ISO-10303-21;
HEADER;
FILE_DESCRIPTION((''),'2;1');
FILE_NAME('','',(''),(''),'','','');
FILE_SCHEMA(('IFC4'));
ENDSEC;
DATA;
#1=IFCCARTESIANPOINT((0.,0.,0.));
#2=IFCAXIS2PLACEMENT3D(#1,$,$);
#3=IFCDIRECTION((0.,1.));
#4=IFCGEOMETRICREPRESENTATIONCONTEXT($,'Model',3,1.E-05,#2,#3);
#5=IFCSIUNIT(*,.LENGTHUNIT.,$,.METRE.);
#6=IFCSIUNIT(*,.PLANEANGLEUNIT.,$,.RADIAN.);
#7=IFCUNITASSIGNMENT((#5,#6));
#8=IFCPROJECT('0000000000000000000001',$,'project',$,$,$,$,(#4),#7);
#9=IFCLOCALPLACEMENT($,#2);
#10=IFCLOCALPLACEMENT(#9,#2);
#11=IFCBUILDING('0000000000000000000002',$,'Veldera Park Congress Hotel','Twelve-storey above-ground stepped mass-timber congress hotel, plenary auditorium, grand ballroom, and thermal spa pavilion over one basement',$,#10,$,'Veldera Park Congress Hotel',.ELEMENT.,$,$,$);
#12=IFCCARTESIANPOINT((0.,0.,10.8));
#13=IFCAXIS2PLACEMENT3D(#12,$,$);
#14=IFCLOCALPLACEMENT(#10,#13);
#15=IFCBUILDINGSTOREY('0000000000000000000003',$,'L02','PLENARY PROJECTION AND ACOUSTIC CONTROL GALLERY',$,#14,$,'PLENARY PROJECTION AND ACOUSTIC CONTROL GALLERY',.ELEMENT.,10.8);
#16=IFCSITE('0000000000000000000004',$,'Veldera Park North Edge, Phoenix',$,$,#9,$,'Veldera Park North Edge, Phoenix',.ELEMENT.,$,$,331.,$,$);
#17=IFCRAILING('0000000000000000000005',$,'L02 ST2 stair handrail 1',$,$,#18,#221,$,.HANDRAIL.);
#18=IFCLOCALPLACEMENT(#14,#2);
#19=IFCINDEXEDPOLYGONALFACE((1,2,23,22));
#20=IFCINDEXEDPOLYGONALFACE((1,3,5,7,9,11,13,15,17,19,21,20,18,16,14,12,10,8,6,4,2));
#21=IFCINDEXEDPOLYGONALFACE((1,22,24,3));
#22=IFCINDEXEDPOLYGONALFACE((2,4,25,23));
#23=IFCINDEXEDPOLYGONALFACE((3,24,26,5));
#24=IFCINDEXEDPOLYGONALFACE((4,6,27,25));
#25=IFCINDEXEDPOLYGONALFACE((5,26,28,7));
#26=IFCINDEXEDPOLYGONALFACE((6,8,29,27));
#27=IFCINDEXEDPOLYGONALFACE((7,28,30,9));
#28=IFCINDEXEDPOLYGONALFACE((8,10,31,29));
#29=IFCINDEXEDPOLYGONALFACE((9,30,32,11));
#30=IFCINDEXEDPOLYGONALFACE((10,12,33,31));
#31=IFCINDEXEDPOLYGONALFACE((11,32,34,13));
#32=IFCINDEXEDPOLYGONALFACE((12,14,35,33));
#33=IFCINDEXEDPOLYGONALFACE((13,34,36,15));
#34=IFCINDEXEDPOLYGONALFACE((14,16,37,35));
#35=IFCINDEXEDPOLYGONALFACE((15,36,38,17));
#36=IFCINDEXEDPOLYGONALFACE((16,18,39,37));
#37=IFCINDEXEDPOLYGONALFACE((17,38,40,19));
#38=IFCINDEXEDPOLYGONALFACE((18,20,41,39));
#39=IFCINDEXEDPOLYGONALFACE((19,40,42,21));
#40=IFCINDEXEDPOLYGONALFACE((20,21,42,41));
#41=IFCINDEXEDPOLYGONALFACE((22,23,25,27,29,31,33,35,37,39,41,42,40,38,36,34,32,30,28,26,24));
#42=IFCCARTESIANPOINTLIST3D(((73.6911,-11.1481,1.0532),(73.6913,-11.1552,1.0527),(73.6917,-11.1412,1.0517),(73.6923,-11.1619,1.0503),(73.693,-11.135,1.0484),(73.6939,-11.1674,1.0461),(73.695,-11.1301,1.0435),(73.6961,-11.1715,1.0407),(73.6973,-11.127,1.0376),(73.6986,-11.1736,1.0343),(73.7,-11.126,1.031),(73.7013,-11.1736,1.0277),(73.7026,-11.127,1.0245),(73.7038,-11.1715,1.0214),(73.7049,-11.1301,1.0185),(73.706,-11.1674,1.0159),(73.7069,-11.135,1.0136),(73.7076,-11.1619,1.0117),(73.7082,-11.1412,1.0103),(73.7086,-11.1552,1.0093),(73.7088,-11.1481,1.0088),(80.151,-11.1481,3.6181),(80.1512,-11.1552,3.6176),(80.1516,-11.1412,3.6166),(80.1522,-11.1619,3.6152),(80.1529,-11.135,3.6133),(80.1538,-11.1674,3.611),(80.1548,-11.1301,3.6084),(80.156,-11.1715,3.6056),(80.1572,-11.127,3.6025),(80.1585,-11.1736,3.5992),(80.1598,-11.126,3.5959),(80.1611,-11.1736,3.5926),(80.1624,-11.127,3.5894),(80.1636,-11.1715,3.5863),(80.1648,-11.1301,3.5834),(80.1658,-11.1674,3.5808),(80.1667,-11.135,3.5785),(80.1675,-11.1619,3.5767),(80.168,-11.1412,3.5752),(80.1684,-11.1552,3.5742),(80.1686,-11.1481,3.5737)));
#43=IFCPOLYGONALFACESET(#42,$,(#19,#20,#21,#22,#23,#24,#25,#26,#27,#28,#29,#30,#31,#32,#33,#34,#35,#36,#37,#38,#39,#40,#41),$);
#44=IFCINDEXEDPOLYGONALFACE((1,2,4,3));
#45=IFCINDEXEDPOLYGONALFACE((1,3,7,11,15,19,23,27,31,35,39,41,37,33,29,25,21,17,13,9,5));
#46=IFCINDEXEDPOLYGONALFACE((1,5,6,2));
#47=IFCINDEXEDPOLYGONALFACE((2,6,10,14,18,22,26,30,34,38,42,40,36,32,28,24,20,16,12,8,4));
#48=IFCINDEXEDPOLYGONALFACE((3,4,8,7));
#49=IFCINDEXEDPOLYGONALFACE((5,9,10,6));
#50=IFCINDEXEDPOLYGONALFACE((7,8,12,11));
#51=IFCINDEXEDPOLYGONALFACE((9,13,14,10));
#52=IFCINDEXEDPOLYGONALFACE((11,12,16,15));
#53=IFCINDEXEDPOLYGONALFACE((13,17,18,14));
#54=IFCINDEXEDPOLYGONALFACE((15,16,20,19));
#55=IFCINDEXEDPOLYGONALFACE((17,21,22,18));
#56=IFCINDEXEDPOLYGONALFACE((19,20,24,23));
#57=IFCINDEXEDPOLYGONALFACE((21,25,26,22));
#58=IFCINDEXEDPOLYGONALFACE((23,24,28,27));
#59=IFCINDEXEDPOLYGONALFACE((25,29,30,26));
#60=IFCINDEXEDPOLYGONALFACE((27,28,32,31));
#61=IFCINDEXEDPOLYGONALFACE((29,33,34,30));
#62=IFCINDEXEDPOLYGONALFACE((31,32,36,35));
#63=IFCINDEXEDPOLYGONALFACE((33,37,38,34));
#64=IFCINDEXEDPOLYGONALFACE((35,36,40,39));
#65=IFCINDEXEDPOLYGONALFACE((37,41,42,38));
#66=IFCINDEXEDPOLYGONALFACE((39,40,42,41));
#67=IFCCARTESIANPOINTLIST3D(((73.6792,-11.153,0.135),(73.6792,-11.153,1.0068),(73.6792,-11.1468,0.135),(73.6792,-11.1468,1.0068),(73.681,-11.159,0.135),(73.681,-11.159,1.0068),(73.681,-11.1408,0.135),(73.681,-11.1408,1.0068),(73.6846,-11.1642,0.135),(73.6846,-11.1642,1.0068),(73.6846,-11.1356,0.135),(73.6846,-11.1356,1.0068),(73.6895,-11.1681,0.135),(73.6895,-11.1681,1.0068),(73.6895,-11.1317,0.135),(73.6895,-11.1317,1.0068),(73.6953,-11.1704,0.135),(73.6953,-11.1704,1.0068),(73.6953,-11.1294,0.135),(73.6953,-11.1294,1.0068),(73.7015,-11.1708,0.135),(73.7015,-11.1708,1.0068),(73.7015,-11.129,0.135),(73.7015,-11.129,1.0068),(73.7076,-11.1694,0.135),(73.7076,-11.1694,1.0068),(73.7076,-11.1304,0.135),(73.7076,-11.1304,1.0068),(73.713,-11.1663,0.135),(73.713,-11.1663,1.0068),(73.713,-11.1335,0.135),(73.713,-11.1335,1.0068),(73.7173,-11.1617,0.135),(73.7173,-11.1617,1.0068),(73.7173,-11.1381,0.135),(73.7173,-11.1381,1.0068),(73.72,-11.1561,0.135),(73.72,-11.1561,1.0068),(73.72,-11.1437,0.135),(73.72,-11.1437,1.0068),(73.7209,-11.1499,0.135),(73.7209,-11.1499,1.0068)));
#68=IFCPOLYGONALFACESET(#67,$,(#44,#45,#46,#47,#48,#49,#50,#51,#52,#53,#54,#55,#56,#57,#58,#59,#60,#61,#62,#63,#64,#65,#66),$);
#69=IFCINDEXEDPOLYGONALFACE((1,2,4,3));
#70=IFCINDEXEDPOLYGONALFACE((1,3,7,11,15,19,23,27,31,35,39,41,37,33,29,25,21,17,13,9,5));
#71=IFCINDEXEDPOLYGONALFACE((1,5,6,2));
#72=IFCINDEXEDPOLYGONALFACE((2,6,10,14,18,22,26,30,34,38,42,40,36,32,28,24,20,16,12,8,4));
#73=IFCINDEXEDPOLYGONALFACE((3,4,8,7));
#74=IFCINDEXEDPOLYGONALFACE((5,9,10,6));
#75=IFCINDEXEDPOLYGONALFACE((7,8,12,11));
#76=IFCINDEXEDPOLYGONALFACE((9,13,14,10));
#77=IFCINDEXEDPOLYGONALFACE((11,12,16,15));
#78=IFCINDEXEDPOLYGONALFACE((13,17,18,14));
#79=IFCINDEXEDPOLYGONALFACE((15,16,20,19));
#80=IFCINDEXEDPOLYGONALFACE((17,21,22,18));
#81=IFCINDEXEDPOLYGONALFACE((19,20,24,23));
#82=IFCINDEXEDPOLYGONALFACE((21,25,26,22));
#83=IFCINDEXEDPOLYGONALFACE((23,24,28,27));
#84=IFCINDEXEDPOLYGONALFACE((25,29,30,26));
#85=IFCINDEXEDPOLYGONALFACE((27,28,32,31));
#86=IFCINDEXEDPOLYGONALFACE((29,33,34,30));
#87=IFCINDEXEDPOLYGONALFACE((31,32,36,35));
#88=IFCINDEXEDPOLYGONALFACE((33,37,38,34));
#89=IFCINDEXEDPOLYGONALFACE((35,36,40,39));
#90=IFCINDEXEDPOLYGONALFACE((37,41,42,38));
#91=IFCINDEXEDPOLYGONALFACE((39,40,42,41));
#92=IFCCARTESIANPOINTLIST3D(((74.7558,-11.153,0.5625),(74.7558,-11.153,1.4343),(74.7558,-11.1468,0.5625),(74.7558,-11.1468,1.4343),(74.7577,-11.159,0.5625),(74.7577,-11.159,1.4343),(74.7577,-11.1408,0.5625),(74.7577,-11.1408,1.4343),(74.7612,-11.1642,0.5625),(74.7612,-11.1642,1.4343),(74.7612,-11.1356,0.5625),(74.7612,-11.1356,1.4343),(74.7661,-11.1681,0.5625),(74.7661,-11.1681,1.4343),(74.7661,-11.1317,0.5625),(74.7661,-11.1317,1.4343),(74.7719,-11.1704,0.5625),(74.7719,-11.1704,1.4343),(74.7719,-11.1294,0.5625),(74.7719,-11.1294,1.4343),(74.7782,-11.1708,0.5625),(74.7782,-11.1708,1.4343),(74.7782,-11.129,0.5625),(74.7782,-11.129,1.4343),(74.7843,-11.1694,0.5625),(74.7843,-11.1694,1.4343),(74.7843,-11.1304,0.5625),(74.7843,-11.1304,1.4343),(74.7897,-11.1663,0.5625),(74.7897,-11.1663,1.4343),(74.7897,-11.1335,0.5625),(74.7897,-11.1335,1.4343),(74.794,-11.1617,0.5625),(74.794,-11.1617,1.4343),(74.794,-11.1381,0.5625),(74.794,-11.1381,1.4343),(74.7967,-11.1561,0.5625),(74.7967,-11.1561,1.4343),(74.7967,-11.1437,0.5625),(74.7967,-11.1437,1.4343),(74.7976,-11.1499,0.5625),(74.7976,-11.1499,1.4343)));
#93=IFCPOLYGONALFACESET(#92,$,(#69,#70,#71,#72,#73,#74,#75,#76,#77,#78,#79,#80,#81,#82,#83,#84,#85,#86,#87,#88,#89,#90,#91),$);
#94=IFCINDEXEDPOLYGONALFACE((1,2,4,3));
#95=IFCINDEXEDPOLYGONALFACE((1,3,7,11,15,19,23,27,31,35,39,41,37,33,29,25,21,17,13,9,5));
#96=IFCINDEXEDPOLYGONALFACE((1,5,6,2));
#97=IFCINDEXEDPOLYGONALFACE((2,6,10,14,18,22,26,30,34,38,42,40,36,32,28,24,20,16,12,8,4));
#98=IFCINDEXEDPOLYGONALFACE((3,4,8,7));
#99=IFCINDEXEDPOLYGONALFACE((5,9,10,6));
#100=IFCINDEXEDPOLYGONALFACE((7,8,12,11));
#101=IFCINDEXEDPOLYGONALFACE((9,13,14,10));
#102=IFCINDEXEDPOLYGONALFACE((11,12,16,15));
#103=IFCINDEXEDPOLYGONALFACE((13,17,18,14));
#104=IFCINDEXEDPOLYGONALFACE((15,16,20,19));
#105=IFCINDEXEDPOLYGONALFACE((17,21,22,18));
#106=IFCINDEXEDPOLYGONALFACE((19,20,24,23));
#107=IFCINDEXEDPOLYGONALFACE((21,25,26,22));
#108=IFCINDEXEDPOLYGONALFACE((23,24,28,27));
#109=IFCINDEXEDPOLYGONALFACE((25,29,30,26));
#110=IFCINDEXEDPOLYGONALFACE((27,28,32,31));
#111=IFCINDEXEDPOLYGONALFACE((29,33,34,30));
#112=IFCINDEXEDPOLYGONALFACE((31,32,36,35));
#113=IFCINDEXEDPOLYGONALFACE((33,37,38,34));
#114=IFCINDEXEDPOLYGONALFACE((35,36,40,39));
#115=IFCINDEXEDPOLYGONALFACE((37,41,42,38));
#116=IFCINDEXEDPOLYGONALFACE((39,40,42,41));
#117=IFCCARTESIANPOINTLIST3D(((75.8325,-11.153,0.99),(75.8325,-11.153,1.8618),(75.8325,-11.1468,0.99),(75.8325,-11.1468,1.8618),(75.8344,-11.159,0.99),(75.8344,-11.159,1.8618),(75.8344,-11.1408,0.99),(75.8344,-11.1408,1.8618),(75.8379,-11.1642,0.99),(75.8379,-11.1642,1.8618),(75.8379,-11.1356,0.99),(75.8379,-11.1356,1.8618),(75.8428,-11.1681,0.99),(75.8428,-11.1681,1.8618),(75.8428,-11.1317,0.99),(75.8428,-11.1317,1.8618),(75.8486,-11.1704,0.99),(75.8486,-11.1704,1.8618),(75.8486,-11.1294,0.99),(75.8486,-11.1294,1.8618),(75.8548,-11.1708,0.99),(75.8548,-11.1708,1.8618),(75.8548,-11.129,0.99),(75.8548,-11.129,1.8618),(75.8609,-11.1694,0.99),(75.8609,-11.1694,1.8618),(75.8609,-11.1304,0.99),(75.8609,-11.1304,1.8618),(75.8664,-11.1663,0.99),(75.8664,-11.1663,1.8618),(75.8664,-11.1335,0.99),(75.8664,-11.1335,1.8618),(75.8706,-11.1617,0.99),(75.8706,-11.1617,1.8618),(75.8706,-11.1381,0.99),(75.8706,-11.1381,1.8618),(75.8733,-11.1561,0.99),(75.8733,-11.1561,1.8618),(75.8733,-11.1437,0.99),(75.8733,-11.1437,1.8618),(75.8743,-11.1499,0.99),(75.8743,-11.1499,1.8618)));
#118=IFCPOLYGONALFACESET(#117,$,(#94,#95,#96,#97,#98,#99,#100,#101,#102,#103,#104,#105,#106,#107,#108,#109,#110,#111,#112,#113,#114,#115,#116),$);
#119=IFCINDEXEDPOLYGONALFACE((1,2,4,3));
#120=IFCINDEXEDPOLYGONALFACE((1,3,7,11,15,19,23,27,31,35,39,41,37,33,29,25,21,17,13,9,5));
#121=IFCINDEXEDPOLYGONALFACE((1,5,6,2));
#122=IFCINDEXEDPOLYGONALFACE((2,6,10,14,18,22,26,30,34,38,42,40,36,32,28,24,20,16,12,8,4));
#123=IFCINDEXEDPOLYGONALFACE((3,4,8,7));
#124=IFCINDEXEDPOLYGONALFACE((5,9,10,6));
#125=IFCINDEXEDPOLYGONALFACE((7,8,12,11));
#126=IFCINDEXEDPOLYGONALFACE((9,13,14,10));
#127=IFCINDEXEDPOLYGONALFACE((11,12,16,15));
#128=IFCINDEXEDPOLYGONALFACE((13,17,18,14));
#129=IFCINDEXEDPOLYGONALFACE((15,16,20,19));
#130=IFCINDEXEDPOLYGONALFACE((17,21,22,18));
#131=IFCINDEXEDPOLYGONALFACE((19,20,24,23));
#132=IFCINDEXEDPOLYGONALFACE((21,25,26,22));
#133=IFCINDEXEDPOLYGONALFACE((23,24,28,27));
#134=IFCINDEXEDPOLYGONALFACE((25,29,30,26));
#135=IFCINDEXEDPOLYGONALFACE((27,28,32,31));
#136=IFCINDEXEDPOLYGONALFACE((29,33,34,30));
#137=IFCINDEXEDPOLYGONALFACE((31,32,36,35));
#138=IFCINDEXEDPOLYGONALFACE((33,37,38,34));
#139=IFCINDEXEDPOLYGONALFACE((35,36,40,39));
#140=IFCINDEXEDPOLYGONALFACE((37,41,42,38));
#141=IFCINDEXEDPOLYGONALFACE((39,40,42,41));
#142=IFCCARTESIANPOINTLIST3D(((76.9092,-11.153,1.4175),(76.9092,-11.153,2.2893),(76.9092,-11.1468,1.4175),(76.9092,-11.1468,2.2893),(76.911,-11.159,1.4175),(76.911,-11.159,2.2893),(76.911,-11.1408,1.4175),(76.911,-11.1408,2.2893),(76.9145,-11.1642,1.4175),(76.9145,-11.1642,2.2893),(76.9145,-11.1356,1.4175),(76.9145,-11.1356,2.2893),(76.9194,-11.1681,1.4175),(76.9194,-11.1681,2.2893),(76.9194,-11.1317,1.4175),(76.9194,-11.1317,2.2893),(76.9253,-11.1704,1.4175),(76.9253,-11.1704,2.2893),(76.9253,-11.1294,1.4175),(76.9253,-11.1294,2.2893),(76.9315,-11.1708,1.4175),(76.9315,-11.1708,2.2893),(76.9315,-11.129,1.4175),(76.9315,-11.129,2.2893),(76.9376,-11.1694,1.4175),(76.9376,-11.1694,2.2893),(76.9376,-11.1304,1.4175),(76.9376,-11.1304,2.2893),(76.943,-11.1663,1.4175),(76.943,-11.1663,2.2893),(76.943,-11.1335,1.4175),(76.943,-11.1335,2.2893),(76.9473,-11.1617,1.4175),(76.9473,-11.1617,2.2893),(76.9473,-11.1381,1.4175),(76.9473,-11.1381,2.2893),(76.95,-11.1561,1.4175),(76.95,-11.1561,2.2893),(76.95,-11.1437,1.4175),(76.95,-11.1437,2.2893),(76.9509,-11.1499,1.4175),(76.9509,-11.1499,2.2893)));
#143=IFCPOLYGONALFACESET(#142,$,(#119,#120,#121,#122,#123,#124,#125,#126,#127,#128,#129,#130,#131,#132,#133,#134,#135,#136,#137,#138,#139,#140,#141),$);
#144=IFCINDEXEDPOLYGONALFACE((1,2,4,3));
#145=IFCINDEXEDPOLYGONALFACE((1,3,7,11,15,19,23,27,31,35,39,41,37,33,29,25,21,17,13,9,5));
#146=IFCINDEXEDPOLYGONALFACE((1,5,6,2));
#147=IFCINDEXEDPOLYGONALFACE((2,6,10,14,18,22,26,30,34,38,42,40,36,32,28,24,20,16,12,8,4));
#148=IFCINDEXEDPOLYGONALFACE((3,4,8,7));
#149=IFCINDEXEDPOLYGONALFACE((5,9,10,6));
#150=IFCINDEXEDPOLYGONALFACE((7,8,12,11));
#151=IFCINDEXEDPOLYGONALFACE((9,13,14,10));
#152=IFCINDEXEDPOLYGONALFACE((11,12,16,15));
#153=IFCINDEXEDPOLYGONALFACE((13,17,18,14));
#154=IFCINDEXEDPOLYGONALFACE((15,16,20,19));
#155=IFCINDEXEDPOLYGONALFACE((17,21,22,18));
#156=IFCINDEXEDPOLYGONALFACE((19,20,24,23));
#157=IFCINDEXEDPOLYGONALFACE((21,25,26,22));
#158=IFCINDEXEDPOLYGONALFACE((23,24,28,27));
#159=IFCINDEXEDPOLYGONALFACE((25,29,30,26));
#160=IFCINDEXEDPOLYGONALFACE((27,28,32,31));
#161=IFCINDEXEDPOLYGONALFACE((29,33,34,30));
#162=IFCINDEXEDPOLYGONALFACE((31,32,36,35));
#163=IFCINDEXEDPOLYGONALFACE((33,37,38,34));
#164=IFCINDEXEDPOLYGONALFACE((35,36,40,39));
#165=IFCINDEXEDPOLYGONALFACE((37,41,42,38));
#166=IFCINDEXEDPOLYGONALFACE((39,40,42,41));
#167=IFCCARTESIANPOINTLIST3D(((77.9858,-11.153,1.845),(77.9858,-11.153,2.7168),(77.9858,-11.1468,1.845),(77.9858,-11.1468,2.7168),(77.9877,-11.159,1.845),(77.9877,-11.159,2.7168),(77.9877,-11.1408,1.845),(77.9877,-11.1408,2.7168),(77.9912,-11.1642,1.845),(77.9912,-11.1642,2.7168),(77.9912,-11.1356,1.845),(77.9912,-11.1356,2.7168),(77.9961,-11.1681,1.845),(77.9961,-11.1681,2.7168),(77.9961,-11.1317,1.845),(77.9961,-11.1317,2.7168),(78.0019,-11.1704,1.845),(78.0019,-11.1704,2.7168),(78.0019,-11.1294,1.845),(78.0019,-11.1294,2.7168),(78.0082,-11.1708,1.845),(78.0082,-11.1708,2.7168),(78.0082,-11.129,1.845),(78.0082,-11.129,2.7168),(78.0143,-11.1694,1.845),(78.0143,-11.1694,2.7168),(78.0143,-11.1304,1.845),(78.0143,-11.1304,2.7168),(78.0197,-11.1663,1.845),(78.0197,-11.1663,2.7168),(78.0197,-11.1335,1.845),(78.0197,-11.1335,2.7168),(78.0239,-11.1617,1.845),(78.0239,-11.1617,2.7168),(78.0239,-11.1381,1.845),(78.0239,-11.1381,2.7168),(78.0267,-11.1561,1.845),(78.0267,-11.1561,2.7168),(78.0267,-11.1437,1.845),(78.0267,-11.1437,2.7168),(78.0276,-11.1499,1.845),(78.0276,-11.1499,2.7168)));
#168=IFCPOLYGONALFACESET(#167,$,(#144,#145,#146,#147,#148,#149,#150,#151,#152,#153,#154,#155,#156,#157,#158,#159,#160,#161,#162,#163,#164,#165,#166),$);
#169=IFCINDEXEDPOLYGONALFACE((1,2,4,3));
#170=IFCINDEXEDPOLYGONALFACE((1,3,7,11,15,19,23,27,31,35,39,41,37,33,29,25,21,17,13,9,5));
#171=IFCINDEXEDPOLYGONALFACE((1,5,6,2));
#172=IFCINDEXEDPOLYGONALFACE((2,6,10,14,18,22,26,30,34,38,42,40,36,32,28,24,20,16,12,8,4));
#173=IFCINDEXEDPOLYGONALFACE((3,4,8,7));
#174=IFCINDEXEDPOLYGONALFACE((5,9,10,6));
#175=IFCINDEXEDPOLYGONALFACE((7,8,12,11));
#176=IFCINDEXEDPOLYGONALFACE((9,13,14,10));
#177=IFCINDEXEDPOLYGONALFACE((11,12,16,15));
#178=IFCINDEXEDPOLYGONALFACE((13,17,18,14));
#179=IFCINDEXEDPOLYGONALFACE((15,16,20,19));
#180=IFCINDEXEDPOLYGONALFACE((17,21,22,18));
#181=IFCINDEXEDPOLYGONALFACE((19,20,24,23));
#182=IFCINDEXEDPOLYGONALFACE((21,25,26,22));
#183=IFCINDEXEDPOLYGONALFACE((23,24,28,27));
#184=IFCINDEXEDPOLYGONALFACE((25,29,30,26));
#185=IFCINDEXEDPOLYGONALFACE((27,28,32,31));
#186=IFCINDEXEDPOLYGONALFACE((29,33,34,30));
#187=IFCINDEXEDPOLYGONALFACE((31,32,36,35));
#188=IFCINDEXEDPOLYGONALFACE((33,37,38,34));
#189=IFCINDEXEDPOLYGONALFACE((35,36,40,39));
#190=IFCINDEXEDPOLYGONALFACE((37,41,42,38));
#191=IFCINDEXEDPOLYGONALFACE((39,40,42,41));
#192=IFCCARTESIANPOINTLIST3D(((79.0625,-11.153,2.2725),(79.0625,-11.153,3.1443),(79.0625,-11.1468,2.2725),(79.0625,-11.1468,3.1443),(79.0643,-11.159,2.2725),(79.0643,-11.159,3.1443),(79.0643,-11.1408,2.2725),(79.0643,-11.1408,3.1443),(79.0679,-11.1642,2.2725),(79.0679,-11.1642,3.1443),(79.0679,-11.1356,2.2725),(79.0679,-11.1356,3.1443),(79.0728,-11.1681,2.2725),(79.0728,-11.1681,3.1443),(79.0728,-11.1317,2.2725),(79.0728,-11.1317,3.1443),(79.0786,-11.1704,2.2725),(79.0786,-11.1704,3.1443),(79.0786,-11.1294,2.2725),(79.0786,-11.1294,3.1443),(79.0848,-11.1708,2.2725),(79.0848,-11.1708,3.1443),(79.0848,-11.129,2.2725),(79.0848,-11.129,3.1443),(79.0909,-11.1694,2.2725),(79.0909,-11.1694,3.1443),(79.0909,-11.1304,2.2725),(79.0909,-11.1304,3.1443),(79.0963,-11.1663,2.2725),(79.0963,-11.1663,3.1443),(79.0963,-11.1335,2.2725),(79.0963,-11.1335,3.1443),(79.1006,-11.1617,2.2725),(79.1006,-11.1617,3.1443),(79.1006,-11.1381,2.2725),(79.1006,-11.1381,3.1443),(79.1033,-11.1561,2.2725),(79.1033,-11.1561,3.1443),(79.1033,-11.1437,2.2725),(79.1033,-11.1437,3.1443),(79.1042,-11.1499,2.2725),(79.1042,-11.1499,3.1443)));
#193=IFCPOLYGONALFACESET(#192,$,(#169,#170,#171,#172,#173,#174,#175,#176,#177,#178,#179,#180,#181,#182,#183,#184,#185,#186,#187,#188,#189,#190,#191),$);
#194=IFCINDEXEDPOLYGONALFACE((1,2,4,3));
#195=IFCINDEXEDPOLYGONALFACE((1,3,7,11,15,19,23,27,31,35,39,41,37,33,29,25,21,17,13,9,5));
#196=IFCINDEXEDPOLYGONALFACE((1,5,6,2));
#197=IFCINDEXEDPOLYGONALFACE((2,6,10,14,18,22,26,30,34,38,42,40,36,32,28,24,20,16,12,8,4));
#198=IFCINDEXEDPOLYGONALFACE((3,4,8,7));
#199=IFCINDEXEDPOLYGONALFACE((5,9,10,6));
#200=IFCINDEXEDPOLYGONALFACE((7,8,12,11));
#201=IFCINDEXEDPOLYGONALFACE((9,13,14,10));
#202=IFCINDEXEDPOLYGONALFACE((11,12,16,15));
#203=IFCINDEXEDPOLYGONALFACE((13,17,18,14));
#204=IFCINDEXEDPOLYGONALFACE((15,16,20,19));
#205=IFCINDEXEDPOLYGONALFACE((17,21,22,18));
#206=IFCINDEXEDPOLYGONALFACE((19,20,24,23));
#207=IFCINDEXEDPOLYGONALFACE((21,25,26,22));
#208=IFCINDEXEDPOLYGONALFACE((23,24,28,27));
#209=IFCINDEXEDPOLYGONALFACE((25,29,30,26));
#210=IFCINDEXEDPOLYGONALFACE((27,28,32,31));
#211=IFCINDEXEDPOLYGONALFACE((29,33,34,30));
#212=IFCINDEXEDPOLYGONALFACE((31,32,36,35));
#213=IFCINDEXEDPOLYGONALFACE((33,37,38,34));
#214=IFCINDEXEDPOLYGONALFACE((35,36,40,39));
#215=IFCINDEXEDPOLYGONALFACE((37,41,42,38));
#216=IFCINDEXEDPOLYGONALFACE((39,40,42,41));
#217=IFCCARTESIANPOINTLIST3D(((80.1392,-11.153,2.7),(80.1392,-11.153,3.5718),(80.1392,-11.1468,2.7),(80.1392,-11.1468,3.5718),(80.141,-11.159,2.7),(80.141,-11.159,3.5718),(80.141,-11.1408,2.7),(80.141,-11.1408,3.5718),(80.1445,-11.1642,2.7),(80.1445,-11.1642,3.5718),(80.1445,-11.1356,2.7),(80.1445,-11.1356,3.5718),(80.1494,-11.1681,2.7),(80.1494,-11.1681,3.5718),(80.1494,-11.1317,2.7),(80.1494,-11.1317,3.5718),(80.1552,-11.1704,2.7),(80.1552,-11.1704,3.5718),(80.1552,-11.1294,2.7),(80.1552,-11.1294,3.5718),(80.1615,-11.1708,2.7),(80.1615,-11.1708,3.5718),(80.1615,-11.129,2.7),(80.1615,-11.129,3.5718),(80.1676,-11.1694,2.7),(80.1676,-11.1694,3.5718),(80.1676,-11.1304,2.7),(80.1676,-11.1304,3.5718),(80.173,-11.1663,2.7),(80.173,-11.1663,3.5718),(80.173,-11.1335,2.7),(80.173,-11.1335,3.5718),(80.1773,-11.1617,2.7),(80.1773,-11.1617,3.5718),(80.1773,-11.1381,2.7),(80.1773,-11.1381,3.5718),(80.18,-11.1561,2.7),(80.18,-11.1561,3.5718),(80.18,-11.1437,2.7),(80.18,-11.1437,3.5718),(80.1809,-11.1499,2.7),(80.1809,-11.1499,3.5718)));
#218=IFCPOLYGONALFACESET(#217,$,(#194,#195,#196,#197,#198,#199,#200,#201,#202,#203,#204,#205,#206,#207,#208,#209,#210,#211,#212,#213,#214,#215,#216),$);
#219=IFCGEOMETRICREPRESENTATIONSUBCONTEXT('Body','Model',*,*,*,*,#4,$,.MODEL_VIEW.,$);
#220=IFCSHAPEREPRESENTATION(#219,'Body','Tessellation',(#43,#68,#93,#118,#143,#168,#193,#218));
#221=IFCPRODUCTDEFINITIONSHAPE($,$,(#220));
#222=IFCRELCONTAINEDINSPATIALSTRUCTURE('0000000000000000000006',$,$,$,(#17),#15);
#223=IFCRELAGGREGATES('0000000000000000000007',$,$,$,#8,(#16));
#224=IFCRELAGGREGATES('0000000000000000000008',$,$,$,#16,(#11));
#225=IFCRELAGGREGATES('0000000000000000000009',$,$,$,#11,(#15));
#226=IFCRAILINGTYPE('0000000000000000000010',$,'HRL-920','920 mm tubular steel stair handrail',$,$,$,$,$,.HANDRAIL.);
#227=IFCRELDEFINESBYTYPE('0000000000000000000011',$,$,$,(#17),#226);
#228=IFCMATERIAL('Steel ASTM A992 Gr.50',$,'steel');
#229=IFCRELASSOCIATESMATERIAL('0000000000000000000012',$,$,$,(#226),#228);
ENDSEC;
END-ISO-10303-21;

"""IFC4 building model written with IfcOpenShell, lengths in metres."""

from ifc_helpers import new_model, si_unit, direction, frame, origin, origin_2d, place, context, subcontext, project, spatial, circle, extrude, material, type_object, element, save


model = new_model("IFC4")

# Units and contexts
model_context = context("Model", 3, precision=1e-05, world=origin(), true_north=direction((0.0, 1.0)))
body_context = subcontext(model_context, "Body", "Model", "MODEL_VIEW")
ifc_project = project(units=[si_unit("LENGTHUNIT", "METRE"), si_unit("PLANEANGLEUNIT", "RADIAN")], contexts=[model_context])

# Site, building, storey
site_placement = place(None, origin())
site = spatial("IfcSite", under=ifc_project, at=site_placement, Name="Veldera Park North Edge, Phoenix", LongName="Veldera Park North Edge, Phoenix", CompositionType="ELEMENT", RefElevation=331.0)
building_placement = place(site_placement, origin())
building = spatial("IfcBuilding", under=site, at=building_placement, Name="Veldera Park Congress Hotel", Description="Twelve-storey above-ground stepped mass-timber congress hotel, plenary auditorium, grand ballroom, and thermal spa pavilion over one basement", LongName="Veldera Park Congress Hotel", CompositionType="ELEMENT")
storey_placement = place(building_placement, frame((0.0, 0.0, 10.8)))
storey = spatial("IfcBuildingStorey", under=building, at=storey_placement, Name="L02", Description="PLENARY PROJECTION AND ACOUSTIC CONTROL GALLERY", LongName="PLENARY PROJECTION AND ACOUSTIC CONTROL GALLERY", CompositionType="ELEMENT", Elevation=10.8)

# Shared definitions
ifc_material_1 = material(Name="Steel ASTM A992 Gr.50", Category="steel")

# Railing
railing_type_1 = type_object("IfcRailingType", Name="HRL-920", Description="920 mm tubular steel stair handrail", PredefinedType="HANDRAIL", material=ifc_material_1)
railing_1_placement = place(storey_placement, frame((73.7, -11.1499, 0.135)))
element("IfcRailing", 1, at=railing_1_placement, inside=storey, type_object=railing_type_1, Name="L02 ST2 stair handrail 1", PredefinedType="HANDRAIL", context=body_context, shape_type="SweptSolid", body=[
    extrude(circle(Radius=0.0239, at=origin_2d()), frame((0.0, 0.0, 0.896), z_axis=(0.929418, 0.0, 0.369028), x_axis=(0.0, 1.0, 0.0)), (0.0, 0.0, 1.0), 6.9504),
    extrude(circle(Radius=0.021, at=origin_2d()), origin(), (0.0, 0.0, 1.0), 0.8718),
    extrude(circle(Radius=0.021, at=origin_2d()), frame((1.0767, 0.0, 0.4275)), (0.0, 0.0, 1.0), 0.8718),
    extrude(circle(Radius=0.021, at=origin_2d()), frame((2.1533, 0.0, 0.855)), (0.0, 0.0, 1.0), 0.8718),
    extrude(circle(Radius=0.021, at=origin_2d()), frame((3.23, 0.0, 1.2825)), (0.0, 0.0, 1.0), 0.8718),
    extrude(circle(Radius=0.021, at=origin_2d()), frame((4.3066, 0.0, 1.71)), (0.0, 0.0, 1.0), 0.8718),
    extrude(circle(Radius=0.021, at=origin_2d()), frame((5.3833, 0.0, 2.1375)), (0.0, 0.0, 1.0), 0.8718),
    extrude(circle(Radius=0.021, at=origin_2d()), frame((6.46, 0.0, 2.5649)), (0.0, 0.0, 1.0), 0.8718),
])

save(model, "model.ifc")
